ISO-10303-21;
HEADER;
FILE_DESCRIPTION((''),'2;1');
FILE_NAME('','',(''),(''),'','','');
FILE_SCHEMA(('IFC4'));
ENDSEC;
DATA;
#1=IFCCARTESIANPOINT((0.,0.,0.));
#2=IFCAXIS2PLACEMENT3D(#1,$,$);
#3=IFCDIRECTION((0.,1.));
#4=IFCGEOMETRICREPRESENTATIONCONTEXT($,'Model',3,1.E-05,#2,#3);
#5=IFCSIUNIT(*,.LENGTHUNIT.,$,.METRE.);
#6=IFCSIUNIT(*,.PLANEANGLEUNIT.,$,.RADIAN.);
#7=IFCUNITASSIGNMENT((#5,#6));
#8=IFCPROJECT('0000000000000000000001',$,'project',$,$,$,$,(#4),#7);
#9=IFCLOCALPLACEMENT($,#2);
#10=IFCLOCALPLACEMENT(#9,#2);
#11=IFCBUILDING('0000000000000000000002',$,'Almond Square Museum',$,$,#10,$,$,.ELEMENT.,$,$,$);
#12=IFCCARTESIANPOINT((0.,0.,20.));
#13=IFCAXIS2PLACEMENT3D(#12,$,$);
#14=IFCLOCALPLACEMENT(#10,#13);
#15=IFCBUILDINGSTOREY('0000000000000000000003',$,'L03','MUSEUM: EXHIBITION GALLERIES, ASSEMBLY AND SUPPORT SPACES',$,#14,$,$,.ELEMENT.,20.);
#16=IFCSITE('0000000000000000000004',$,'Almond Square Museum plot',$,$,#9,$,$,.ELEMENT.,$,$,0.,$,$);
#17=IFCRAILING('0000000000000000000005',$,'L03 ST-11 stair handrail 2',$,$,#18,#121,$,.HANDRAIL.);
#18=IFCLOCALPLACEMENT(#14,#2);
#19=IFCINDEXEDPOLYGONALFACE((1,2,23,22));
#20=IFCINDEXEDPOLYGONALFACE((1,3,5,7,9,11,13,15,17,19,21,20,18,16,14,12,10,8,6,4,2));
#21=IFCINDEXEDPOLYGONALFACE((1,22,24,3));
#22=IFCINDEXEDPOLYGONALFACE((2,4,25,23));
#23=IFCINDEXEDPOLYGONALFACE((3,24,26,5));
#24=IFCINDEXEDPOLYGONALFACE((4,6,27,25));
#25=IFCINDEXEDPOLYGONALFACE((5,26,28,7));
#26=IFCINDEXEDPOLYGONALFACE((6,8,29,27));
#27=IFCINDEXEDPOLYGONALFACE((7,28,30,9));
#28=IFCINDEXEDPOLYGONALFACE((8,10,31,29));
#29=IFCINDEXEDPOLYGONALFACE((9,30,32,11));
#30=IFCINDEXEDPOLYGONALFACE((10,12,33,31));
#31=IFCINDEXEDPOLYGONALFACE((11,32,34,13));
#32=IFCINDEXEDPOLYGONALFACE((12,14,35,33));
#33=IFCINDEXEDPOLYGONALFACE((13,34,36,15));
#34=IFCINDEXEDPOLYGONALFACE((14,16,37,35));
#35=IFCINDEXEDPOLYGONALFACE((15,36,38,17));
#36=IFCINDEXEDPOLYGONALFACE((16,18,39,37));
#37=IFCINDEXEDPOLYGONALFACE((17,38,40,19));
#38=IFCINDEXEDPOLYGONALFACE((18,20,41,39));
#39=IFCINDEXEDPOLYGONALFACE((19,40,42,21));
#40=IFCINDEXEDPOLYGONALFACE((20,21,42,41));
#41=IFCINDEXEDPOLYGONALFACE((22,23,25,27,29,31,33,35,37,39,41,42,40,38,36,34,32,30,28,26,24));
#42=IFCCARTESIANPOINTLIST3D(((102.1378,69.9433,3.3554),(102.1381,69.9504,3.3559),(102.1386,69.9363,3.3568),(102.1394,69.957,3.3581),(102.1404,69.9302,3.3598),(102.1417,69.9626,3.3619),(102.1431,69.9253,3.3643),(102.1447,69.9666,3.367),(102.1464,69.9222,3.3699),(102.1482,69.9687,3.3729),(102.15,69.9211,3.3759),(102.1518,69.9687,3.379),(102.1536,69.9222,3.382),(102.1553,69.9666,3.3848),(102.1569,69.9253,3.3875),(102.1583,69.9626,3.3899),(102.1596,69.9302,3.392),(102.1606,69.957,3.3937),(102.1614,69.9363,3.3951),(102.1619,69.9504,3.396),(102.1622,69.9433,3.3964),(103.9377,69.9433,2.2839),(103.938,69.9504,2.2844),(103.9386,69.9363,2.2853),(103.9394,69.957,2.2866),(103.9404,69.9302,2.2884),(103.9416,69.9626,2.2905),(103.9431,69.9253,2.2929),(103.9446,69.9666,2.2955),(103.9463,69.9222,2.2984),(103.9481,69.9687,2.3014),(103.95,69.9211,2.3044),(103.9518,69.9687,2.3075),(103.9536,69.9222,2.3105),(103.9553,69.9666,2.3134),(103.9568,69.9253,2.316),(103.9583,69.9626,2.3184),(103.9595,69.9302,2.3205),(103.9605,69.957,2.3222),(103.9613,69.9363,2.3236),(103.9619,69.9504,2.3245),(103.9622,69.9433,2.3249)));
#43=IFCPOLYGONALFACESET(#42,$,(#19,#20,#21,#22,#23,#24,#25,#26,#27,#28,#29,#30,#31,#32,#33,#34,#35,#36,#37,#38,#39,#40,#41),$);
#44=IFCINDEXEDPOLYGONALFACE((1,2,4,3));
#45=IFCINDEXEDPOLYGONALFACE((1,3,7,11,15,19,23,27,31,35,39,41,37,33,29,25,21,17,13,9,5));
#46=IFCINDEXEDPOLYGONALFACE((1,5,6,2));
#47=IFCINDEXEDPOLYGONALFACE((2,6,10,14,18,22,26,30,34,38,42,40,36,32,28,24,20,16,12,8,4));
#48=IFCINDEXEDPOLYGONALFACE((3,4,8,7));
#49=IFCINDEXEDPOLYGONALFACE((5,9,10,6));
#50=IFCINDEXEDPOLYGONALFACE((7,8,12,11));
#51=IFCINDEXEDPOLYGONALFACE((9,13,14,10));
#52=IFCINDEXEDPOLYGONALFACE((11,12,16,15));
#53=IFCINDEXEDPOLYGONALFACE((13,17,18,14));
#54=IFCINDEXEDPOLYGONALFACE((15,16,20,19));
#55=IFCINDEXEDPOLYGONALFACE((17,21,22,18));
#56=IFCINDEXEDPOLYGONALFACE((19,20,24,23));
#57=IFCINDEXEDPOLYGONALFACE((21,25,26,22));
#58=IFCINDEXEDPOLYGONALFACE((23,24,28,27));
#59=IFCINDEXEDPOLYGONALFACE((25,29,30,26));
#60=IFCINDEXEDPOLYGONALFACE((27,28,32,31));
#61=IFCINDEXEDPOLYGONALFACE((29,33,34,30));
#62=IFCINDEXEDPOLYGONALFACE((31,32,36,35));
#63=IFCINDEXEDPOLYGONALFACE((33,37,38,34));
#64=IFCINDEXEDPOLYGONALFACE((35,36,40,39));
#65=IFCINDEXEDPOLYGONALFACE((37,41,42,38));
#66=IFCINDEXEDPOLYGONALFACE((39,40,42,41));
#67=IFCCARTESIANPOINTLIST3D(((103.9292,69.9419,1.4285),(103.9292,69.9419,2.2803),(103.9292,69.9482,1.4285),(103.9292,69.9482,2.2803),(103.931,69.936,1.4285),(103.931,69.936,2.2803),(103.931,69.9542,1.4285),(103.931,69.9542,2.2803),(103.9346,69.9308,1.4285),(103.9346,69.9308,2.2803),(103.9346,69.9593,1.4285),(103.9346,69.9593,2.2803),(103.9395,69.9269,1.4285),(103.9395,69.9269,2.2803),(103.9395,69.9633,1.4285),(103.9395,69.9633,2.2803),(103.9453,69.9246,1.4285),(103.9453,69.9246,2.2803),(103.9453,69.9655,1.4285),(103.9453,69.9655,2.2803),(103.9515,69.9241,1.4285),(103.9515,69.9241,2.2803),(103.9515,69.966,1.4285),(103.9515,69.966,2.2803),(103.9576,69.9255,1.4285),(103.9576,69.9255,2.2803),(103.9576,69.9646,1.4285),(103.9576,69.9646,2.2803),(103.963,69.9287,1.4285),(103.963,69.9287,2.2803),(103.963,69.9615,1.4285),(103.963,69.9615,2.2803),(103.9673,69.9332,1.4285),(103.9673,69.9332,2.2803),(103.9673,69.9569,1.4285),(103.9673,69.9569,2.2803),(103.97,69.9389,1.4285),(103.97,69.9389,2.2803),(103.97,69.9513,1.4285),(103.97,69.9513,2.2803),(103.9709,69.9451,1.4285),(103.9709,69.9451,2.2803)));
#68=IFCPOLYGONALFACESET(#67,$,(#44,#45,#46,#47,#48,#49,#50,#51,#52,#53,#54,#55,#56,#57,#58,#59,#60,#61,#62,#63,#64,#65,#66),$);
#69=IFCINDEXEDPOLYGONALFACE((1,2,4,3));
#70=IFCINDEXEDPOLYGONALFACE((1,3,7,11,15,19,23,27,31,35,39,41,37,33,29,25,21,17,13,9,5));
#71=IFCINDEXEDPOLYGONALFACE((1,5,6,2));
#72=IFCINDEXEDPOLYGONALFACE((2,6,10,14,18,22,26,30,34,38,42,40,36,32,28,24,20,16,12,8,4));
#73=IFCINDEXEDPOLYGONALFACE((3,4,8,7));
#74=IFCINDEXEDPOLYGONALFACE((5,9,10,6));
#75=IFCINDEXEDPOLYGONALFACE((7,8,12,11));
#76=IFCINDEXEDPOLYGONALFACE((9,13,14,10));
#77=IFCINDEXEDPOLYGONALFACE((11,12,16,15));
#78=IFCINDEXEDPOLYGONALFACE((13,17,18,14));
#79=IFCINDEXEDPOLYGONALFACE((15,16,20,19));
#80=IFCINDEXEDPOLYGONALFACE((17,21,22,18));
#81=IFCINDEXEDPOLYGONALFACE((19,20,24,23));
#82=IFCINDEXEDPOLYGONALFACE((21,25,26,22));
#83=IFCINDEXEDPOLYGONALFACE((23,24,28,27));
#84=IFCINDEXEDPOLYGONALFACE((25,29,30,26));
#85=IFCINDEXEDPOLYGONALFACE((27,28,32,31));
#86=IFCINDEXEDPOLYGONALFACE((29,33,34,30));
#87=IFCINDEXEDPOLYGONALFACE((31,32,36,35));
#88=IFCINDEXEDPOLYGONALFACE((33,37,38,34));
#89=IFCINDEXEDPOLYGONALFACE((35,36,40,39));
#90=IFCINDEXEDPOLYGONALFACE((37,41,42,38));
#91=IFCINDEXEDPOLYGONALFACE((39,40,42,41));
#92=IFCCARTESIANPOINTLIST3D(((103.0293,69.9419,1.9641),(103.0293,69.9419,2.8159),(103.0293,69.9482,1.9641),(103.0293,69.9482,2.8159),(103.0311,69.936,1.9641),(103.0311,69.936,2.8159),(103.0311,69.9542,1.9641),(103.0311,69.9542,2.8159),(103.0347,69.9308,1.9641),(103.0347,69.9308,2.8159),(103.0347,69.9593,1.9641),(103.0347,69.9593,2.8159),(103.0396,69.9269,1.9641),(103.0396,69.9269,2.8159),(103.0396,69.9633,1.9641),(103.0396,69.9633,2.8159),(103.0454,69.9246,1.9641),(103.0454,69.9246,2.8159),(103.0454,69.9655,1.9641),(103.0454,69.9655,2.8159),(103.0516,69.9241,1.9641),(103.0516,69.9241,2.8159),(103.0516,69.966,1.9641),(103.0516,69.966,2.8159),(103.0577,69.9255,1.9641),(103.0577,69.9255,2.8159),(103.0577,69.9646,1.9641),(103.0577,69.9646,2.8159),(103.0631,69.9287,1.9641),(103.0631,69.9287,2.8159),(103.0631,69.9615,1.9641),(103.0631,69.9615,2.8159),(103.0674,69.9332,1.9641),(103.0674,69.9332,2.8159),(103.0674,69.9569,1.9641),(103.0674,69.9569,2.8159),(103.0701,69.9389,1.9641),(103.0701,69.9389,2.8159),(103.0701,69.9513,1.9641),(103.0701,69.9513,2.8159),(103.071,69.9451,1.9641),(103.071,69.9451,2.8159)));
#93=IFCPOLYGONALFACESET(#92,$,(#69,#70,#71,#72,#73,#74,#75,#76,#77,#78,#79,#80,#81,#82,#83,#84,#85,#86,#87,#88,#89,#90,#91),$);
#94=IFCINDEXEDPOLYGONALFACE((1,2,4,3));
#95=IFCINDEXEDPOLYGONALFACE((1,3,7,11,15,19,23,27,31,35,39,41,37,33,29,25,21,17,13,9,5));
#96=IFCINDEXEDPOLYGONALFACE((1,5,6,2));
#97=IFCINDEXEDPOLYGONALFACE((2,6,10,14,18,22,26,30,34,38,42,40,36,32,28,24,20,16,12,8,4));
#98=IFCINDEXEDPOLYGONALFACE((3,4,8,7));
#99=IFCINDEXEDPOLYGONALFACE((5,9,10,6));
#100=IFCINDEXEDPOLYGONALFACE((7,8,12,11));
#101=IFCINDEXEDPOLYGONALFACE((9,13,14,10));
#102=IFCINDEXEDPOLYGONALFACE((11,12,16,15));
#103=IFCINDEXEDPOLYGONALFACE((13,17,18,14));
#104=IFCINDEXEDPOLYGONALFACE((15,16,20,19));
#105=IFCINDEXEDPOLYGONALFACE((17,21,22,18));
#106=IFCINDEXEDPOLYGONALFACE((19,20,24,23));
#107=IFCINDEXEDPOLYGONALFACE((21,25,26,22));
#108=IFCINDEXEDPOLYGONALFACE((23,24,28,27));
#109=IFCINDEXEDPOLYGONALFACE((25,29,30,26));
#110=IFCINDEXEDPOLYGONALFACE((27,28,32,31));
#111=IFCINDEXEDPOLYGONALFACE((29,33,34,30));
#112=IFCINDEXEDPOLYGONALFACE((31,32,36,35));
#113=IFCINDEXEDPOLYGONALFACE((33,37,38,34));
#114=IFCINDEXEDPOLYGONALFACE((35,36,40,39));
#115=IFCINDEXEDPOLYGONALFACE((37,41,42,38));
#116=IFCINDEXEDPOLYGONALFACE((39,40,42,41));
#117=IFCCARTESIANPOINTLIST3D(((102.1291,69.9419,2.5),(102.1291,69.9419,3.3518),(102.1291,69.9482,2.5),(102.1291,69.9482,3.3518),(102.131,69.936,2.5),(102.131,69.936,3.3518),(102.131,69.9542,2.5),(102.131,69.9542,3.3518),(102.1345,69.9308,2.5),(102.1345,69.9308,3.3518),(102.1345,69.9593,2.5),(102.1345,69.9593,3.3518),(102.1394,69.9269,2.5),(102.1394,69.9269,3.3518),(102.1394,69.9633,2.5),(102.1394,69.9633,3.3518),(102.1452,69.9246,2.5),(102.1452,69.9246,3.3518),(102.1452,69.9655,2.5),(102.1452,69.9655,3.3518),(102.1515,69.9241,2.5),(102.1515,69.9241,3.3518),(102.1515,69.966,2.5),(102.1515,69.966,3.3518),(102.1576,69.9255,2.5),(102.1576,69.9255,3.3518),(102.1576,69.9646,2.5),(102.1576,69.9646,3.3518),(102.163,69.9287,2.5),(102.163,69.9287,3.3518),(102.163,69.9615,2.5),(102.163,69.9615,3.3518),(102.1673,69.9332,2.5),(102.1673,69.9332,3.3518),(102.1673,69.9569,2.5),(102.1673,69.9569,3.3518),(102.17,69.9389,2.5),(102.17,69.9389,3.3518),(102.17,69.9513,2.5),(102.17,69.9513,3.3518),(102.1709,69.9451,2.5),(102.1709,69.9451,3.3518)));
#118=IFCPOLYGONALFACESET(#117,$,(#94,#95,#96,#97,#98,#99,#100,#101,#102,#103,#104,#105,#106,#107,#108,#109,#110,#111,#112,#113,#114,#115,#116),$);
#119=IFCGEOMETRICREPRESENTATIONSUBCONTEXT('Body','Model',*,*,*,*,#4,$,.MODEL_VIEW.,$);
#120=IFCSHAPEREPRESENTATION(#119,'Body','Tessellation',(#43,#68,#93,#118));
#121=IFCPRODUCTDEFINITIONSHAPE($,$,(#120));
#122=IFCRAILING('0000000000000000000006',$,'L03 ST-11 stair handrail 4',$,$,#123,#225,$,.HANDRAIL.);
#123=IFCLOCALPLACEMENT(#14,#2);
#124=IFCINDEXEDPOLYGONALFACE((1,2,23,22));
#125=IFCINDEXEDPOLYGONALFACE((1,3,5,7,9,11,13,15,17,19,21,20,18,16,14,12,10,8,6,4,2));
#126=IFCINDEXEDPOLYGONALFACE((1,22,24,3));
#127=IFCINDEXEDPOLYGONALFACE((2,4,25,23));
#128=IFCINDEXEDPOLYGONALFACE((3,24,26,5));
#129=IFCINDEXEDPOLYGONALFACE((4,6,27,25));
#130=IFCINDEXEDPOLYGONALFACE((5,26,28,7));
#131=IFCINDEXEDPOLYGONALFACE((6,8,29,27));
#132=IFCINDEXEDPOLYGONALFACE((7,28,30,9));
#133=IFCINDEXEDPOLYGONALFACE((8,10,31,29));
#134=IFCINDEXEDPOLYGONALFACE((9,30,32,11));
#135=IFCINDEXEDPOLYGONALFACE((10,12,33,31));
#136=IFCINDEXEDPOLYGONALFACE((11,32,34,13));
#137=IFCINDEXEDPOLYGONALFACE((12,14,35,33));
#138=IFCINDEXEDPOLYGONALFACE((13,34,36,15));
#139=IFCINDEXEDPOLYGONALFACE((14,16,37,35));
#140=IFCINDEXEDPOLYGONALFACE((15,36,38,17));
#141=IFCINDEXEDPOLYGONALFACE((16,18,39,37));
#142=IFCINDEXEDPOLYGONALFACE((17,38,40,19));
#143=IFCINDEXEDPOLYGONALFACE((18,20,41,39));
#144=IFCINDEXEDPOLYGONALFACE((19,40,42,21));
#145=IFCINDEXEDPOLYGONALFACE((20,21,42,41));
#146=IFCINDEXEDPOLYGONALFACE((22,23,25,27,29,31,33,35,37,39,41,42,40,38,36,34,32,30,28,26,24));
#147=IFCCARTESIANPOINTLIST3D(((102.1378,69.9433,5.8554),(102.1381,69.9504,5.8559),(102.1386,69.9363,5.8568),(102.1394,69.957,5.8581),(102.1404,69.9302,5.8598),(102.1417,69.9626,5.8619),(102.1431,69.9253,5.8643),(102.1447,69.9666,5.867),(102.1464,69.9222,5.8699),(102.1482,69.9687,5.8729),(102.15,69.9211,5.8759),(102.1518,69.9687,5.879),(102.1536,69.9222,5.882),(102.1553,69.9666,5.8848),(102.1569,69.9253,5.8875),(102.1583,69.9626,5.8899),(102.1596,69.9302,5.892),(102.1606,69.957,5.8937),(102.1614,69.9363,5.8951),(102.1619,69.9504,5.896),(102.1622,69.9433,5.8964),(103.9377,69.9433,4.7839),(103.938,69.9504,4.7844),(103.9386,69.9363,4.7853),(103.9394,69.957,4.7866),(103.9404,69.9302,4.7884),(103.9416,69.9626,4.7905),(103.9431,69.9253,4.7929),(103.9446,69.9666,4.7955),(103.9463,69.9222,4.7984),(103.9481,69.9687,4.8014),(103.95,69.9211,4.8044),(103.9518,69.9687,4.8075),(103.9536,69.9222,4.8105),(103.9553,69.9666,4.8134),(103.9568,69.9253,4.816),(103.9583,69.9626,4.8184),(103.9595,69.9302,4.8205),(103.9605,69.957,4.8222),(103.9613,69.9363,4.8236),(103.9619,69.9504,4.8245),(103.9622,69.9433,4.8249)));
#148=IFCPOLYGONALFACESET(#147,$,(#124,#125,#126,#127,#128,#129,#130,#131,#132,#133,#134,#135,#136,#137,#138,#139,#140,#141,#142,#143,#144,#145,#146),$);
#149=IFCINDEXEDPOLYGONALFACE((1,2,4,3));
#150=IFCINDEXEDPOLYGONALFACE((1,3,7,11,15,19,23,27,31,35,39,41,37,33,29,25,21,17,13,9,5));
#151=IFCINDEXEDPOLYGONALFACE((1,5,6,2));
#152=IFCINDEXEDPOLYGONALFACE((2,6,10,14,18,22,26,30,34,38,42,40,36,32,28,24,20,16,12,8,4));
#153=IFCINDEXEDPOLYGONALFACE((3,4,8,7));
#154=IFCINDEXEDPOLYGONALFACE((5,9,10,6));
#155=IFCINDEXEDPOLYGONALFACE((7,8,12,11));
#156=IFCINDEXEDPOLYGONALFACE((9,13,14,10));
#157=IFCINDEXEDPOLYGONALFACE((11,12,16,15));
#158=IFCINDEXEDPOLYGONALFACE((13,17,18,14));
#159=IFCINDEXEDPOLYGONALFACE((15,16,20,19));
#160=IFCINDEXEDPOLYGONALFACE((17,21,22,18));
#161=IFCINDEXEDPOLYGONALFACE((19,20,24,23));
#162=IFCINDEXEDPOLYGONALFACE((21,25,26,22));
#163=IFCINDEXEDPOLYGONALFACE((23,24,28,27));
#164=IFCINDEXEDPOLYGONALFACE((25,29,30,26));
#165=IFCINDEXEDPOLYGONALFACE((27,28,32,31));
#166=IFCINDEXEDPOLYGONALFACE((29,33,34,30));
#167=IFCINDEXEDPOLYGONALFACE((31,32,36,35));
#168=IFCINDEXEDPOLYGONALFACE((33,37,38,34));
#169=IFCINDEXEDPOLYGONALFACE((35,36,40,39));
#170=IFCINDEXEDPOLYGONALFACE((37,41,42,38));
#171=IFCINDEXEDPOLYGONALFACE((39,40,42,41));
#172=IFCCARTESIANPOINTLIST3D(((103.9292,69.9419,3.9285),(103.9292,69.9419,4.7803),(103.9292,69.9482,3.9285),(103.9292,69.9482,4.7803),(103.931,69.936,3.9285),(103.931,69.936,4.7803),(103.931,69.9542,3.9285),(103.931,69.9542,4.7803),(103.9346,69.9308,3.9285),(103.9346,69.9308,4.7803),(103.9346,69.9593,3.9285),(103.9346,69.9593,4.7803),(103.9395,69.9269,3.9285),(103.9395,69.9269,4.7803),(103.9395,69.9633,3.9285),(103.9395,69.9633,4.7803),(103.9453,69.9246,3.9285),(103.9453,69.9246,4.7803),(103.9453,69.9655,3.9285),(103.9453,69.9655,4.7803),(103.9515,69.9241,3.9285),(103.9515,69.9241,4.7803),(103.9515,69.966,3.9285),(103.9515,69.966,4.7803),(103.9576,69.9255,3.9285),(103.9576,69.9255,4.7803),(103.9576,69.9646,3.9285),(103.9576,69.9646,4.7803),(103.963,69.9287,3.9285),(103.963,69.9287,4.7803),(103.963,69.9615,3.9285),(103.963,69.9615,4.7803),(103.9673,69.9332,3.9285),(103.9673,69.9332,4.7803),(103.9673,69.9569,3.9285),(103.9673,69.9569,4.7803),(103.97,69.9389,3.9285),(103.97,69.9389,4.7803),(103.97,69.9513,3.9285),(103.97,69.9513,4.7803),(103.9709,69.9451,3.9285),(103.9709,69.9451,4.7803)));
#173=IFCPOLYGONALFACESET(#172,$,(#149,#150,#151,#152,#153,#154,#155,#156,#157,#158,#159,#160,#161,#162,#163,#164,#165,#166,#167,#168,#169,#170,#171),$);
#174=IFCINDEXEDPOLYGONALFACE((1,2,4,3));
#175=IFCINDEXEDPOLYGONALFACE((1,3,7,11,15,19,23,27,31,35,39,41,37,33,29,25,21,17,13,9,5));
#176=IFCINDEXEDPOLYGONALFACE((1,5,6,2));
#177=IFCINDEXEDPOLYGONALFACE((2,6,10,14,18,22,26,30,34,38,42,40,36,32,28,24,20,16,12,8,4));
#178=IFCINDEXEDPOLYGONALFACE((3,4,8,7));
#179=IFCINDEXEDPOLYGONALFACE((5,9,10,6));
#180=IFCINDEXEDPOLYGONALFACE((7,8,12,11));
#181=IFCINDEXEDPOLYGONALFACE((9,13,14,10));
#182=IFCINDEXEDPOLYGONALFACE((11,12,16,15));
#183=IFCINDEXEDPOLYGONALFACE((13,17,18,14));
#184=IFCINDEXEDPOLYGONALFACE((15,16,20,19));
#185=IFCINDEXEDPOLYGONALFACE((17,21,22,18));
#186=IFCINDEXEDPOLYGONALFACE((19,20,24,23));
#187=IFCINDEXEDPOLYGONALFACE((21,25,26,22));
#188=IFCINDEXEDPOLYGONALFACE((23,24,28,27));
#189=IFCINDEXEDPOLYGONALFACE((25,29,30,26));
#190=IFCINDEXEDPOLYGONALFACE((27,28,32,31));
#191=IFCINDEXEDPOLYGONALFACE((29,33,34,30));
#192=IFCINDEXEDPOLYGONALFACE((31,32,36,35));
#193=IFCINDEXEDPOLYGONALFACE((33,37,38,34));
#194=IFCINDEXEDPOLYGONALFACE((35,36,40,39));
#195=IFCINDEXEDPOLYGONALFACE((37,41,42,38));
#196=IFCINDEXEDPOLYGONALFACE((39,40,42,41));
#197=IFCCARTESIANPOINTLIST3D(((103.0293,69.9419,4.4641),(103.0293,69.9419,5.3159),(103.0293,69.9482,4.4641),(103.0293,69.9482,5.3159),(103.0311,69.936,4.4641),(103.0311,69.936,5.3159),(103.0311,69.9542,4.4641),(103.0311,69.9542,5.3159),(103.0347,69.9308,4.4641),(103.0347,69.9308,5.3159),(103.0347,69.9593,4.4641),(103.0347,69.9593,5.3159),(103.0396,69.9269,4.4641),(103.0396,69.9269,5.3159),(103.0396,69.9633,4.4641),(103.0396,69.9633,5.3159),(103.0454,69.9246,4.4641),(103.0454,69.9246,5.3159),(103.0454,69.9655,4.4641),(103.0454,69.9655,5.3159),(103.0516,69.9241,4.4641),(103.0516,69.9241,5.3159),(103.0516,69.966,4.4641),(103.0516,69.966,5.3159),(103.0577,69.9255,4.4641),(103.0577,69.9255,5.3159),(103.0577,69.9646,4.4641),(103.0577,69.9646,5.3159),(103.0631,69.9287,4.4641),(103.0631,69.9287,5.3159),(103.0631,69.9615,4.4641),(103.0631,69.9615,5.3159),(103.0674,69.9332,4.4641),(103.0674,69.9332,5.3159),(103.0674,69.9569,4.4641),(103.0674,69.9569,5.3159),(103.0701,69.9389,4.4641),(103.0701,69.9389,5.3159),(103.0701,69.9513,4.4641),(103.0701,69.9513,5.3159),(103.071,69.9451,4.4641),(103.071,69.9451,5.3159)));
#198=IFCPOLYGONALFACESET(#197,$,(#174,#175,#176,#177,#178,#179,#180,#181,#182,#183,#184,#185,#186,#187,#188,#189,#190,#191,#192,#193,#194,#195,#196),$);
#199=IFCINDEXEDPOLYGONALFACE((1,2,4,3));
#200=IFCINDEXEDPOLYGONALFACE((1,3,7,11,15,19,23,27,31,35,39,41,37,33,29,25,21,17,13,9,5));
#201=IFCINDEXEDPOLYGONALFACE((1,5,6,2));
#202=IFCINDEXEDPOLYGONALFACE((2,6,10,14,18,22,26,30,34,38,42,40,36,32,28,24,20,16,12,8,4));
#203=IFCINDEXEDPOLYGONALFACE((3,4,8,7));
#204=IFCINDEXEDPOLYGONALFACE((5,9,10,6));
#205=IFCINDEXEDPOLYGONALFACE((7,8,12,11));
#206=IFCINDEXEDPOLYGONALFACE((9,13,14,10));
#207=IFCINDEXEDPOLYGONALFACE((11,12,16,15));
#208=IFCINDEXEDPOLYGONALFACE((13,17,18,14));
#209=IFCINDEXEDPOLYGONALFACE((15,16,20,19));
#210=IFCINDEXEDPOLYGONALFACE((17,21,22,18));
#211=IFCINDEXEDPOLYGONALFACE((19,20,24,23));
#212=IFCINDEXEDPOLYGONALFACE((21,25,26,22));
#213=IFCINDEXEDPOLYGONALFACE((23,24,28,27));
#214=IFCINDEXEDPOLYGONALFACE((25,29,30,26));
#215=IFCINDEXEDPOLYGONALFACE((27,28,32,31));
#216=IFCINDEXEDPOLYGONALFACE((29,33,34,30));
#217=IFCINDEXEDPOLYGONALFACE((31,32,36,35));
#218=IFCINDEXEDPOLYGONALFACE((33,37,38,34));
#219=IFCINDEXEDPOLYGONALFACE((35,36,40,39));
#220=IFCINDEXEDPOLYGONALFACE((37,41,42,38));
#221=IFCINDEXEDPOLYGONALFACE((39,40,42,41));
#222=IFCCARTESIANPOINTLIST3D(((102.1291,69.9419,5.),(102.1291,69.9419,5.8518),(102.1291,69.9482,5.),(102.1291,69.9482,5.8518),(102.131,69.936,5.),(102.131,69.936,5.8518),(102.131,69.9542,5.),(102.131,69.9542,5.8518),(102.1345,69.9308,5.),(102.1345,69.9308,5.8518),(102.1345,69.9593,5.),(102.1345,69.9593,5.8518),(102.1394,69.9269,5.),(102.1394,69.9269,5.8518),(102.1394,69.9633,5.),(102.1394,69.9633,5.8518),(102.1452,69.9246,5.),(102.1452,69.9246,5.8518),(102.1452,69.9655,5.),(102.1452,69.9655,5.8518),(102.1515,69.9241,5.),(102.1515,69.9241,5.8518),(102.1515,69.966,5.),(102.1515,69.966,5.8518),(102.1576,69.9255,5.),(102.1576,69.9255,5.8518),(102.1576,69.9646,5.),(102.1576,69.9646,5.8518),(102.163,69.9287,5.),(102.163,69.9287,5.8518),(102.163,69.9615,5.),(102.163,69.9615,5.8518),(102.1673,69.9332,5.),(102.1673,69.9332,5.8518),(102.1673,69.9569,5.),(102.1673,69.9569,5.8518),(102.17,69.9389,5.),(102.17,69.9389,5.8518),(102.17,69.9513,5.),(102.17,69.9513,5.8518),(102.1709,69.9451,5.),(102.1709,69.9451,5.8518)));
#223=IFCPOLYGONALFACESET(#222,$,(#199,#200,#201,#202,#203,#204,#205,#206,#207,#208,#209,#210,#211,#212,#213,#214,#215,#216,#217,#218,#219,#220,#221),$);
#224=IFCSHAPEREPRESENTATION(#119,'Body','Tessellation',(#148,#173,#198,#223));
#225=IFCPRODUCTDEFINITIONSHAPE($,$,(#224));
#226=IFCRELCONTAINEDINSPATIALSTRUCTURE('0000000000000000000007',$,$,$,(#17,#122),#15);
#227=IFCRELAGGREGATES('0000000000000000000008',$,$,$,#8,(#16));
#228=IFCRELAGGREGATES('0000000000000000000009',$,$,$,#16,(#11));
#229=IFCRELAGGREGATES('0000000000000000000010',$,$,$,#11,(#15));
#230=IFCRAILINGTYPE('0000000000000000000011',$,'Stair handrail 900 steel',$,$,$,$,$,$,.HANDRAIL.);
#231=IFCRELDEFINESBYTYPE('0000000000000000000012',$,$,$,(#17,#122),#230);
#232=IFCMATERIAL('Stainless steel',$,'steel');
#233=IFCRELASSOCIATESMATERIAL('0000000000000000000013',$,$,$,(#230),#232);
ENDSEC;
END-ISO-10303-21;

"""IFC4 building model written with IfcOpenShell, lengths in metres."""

from ifc_helpers import new_model, si_unit, direction, frame, origin, origin_2d, place, context, subcontext, project, spatial, circle, extrude, material, type_object, element, save


model = new_model("IFC4")

# Units and contexts
model_context = context("Model", 3, precision=1e-05, world=origin(), true_north=direction((0.0, 1.0)))
body_context = subcontext(model_context, "Body", "Model", "MODEL_VIEW")
ifc_project = project(units=[si_unit("LENGTHUNIT", "METRE"), si_unit("PLANEANGLEUNIT", "RADIAN")], contexts=[model_context])

# Site, building, storey
site_placement = place(None, origin())
site = spatial("IfcSite", under=ifc_project, at=site_placement, Name="Almond Square Museum plot", CompositionType="ELEMENT", RefElevation=0.0)
building_placement = place(site_placement, origin())
building = spatial("IfcBuilding", under=site, at=building_placement, Name="Almond Square Museum", CompositionType="ELEMENT")
storey_placement = place(building_placement, frame((0.0, 0.0, 20.0)))
storey = spatial("IfcBuildingStorey", under=building, at=storey_placement, Name="L03", Description="MUSEUM: EXHIBITION GALLERIES, ASSEMBLY AND SUPPORT SPACES", CompositionType="ELEMENT", Elevation=20.0)

# Railings
ifc_material_1 = material(Name="Stainless steel", Category="steel")
railing_type_1 = type_object("IfcRailingType", Name="Stair handrail 900 steel", PredefinedType="HANDRAIL", material=ifc_material_1)
for number, where, name in (
    (1, (103.95, 69.9451, 1.4285), "L03 ST-11 stair handrail 2"),
    (2, (103.95, 69.9451, 3.9285), "L03 ST-11 stair handrail 4"),
):
    element("IfcRailing", number, at=place(storey_placement, frame(where)), inside=storey, type_object=railing_type_1, Name=name, PredefinedType="HANDRAIL", context=body_context, shape_type="SweptSolid", body=[
        extrude(circle(Radius=0.0239, at=origin_2d()), frame((0.0, 0.0, 0.876), z_axis=(-0.859277, 0.0, 0.51151), x_axis=(0.0, -1.0, 0.0)), (0.0, 0.0, 1.0), 2.0947),
        extrude(circle(Radius=0.021, at=origin_2d()), origin(), (0.0, 0.0, 1.0), 0.8518),
        extrude(circle(Radius=0.021, at=origin_2d()), frame((-0.8999, 0.0, 0.5356)), (0.0, 0.0, 1.0), 0.8518),
        extrude(circle(Radius=0.021, at=origin_2d()), frame((-1.8, 0.0, 1.0715)), (0.0, 0.0, 1.0), 0.8518),
    ])

save(model, "model.ifc")
